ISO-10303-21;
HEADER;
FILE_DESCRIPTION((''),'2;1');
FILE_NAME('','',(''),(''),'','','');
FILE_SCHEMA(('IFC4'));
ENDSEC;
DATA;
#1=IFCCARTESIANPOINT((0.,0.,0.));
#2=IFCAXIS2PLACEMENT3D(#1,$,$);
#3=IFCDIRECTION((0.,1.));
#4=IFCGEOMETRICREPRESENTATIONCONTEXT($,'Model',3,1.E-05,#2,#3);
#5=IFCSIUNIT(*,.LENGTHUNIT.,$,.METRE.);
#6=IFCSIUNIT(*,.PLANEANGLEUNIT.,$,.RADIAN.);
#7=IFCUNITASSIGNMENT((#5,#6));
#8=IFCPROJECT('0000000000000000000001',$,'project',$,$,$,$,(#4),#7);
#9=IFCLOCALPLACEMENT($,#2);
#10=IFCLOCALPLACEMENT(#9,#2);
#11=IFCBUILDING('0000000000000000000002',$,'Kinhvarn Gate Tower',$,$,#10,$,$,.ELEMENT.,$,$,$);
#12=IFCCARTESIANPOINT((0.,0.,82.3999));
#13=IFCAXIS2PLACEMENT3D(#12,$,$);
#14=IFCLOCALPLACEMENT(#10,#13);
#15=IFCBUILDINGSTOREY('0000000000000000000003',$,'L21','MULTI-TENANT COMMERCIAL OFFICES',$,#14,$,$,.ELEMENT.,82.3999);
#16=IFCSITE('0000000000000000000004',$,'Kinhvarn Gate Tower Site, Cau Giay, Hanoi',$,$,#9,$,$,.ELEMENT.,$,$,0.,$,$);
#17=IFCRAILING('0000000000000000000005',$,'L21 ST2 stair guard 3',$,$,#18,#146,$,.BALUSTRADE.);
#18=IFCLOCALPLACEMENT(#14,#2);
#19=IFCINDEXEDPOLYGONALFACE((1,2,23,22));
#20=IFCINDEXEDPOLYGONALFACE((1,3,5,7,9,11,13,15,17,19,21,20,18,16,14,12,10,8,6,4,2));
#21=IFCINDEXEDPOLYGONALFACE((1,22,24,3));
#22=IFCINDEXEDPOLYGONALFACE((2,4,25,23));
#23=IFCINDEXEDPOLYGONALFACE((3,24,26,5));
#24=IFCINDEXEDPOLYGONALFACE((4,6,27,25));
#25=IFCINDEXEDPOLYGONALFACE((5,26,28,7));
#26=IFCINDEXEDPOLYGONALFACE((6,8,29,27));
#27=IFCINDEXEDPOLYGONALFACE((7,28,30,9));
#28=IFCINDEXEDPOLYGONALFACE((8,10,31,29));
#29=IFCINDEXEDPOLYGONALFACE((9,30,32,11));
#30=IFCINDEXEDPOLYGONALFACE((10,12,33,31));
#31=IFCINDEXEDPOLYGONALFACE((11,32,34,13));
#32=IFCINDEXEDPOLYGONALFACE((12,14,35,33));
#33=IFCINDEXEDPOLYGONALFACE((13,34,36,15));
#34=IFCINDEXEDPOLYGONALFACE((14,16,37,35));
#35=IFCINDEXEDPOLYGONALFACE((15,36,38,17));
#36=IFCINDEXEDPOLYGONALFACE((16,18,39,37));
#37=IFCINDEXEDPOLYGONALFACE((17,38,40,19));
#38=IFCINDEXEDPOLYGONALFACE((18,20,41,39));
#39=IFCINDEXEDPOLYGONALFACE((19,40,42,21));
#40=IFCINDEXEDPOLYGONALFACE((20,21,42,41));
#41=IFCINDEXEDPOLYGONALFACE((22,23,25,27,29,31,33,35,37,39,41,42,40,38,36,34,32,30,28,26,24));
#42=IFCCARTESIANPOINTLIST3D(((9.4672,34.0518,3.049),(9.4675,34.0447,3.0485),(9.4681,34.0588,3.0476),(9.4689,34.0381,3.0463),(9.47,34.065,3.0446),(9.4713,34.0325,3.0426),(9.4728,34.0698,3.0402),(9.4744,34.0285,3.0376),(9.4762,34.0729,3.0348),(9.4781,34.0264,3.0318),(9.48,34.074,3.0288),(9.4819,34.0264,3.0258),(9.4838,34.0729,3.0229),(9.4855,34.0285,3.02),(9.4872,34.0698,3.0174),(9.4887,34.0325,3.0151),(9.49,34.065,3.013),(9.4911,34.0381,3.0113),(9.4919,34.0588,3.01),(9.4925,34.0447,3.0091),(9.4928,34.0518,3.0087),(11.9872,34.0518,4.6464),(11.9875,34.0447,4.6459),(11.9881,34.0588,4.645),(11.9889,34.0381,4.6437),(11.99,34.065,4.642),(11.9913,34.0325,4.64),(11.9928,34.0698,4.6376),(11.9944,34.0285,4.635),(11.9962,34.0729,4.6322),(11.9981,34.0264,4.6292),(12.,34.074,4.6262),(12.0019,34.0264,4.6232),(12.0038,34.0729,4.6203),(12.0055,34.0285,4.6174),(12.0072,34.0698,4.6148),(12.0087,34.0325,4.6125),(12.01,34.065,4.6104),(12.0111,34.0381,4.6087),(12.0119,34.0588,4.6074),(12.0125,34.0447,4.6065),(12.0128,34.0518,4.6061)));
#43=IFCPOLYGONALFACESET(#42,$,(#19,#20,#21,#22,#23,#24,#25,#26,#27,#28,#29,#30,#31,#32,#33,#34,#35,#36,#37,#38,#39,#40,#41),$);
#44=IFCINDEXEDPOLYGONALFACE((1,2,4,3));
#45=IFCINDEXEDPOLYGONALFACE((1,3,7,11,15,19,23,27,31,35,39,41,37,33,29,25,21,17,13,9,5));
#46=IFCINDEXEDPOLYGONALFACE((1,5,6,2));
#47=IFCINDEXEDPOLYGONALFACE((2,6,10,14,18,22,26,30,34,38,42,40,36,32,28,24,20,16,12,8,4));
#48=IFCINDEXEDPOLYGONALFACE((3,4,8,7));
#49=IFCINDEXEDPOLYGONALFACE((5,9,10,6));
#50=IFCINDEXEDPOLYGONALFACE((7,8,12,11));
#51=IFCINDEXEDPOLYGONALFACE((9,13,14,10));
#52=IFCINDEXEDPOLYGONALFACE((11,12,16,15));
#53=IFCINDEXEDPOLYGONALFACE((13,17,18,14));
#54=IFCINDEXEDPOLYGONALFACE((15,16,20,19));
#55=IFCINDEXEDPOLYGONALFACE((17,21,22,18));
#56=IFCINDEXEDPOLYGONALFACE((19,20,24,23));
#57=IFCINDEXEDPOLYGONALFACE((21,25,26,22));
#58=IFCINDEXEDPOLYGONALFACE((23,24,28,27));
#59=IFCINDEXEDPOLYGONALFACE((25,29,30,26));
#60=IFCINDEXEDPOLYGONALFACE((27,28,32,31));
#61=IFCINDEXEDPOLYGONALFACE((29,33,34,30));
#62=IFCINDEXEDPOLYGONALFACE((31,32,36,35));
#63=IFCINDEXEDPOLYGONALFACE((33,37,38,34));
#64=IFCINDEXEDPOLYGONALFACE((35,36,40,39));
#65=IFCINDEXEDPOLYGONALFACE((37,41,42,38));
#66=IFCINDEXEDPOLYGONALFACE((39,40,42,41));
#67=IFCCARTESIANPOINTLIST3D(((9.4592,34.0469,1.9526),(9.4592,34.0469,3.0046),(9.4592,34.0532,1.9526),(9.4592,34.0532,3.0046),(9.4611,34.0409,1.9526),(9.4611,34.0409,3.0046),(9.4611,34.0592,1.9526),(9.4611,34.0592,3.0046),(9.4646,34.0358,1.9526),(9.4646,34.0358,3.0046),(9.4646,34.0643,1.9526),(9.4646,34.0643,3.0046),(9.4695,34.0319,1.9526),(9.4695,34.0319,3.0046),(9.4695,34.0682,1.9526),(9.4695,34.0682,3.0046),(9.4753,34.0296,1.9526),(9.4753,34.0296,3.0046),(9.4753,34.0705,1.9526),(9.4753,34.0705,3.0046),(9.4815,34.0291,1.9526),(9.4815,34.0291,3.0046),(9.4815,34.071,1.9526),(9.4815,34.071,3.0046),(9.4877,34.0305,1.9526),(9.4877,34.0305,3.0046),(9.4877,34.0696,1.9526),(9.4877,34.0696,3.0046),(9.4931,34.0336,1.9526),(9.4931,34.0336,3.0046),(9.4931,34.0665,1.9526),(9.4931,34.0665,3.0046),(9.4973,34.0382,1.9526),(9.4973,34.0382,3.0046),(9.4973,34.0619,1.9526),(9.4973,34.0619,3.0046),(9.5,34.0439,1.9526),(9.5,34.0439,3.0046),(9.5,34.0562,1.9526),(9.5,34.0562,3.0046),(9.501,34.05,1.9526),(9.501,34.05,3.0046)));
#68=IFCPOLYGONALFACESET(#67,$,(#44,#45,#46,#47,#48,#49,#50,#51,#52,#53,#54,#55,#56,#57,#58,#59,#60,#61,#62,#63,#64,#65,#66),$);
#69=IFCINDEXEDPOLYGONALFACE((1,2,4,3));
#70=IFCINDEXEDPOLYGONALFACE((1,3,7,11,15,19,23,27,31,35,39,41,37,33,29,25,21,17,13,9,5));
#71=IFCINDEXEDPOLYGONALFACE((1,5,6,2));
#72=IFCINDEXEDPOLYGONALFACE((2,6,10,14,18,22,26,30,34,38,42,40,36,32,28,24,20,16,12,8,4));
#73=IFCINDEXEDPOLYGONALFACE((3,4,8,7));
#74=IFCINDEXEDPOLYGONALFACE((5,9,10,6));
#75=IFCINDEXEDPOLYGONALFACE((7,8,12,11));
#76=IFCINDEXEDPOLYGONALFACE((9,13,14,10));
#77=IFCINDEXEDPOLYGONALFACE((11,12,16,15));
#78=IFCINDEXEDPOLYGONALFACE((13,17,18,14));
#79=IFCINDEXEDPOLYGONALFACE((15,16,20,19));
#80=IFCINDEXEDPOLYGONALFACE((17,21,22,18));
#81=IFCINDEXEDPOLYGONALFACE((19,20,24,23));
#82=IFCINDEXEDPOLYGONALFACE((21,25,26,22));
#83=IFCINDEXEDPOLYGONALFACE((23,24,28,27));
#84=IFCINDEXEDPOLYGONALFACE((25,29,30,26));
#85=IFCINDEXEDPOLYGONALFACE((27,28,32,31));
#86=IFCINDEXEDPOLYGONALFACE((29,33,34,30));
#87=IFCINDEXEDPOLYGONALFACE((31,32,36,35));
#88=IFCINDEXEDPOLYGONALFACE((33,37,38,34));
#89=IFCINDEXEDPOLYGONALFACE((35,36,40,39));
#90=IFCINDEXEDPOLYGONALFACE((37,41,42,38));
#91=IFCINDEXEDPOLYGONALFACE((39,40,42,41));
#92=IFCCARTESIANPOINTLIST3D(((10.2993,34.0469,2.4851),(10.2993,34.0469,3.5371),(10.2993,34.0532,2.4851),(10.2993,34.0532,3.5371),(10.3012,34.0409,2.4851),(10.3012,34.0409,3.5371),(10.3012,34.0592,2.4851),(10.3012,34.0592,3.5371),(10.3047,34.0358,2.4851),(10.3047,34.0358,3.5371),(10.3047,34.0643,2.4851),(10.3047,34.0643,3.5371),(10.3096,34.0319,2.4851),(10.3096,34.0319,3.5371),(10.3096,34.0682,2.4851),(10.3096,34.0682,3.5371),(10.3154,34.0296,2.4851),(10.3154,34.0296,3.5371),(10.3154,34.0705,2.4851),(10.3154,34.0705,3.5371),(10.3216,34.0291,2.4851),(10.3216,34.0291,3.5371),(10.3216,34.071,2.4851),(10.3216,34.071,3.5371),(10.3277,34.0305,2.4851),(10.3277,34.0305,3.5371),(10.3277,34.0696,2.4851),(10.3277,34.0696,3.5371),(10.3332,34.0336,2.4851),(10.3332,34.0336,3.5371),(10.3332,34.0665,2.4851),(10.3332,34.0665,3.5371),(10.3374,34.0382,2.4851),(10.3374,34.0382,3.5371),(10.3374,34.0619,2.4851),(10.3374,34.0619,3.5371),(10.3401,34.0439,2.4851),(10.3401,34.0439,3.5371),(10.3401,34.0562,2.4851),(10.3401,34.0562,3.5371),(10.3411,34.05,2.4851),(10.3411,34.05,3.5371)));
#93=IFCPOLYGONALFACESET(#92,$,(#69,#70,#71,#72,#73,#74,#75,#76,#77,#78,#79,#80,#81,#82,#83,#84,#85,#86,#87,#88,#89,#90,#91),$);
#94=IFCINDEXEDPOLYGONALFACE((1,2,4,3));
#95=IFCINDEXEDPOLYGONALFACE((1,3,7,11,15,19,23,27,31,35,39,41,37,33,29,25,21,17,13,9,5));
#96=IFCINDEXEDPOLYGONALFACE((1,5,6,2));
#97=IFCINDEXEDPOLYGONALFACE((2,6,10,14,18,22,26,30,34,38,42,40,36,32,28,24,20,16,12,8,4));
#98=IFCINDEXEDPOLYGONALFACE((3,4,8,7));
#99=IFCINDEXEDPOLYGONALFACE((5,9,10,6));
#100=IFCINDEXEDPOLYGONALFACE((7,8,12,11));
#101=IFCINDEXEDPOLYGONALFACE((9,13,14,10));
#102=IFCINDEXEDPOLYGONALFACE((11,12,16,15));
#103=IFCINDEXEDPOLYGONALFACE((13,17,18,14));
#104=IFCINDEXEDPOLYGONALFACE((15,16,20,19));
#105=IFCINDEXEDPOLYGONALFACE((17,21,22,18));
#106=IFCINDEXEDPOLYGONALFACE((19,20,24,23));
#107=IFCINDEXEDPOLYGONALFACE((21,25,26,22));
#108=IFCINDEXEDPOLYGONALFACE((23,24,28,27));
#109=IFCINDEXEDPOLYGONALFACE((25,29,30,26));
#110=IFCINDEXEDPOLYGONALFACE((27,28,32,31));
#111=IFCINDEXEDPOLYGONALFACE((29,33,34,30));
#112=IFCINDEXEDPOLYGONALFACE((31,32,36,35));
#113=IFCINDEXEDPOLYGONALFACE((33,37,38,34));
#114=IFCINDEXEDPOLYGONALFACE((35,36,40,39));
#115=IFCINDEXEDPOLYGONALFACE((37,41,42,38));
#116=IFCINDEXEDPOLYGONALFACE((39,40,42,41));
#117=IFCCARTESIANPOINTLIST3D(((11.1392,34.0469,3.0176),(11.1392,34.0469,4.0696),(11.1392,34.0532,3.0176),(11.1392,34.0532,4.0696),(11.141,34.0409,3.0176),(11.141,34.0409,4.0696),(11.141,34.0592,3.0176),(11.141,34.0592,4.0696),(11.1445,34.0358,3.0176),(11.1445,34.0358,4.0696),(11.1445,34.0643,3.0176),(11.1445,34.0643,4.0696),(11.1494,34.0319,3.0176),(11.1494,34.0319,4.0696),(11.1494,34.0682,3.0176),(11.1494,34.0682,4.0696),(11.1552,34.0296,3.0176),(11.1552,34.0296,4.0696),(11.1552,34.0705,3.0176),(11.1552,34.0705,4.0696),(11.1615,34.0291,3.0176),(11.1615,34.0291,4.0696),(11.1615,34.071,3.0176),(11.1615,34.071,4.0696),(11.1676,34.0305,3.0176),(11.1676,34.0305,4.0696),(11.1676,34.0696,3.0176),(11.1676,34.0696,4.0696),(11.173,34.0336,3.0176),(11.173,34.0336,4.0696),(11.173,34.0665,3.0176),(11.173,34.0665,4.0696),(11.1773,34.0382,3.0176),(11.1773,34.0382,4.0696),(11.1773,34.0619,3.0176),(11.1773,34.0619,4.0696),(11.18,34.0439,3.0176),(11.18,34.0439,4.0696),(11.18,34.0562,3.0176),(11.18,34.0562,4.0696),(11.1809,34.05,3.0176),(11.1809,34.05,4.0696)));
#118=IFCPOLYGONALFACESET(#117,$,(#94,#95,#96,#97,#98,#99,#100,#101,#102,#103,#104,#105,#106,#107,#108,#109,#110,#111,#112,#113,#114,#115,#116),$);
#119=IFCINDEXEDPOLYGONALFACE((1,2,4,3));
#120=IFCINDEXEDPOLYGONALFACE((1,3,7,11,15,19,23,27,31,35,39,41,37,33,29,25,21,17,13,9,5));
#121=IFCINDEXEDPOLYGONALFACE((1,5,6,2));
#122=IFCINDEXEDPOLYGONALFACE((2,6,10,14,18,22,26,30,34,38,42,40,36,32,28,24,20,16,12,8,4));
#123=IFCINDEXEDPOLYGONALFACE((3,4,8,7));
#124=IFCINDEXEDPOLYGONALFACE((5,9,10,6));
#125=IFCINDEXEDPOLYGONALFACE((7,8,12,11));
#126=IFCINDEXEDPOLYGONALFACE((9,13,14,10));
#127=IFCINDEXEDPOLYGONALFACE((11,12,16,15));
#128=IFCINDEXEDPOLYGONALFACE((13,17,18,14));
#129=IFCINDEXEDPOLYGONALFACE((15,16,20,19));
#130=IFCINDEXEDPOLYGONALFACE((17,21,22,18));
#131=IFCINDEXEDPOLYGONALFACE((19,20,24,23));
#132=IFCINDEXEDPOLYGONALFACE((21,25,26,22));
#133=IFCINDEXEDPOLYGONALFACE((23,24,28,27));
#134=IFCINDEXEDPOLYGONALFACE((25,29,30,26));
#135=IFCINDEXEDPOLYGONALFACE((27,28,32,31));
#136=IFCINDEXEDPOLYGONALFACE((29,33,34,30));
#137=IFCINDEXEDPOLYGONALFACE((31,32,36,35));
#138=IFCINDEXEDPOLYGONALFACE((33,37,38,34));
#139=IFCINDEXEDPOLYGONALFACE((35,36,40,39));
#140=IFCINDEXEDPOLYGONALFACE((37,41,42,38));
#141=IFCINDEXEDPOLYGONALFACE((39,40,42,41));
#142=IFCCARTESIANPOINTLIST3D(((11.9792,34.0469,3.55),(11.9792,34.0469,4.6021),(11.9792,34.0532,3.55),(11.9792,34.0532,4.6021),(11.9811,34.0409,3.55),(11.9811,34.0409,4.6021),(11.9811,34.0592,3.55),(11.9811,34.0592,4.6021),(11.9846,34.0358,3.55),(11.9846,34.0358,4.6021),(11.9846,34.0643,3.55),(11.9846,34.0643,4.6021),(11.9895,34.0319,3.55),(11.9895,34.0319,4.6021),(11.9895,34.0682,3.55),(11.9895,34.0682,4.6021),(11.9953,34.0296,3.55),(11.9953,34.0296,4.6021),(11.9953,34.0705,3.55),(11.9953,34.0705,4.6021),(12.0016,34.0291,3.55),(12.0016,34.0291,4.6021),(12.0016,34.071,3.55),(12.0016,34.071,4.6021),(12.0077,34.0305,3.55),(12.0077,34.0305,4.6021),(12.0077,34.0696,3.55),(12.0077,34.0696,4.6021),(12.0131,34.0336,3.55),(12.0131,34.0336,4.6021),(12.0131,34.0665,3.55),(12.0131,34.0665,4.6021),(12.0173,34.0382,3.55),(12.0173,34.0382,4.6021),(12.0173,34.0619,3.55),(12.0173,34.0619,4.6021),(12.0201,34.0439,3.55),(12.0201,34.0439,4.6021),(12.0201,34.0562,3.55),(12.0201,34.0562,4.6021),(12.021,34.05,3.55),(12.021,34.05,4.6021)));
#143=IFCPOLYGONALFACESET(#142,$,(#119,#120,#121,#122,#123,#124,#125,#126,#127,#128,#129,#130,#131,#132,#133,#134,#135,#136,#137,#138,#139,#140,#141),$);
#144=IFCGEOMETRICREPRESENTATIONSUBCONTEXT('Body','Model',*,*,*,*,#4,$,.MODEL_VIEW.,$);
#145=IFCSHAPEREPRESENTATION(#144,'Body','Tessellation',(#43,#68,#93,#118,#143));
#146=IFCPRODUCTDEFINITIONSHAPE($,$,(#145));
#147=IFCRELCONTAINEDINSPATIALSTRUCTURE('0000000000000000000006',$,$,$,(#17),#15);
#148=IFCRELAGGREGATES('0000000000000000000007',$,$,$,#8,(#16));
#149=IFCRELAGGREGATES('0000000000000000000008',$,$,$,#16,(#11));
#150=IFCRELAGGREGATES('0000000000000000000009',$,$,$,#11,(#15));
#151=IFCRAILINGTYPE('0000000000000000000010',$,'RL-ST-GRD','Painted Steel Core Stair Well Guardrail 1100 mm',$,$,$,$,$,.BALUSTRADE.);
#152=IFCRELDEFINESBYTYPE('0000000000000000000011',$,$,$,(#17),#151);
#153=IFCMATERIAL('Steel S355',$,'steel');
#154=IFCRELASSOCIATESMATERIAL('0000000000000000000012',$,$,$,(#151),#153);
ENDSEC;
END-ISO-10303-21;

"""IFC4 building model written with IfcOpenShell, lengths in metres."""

from ifc_helpers import new_model, si_unit, direction, frame, origin, origin_2d, place, context, subcontext, project, spatial, circle, extrude, material, type_object, element, save


model = new_model("IFC4")

# Units and contexts
model_context = context("Model", 3, precision=1e-05, world=origin(), true_north=direction((0.0, 1.0)))
body_context = subcontext(model_context, "Body", "Model", "MODEL_VIEW")
ifc_project = project(units=[si_unit("LENGTHUNIT", "METRE"), si_unit("PLANEANGLEUNIT", "RADIAN")], contexts=[model_context])

# Site, building, storey
site_placement = place(None, origin())
site = spatial("IfcSite", under=ifc_project, at=site_placement, Name="Kinhvarn Gate Tower Site, Cau Giay, Hanoi", CompositionType="ELEMENT", RefElevation=0.0)
building_placement = place(site_placement, origin())
building = spatial("IfcBuilding", under=site, at=building_placement, Name="Kinhvarn Gate Tower", CompositionType="ELEMENT")
storey_placement = place(building_placement, frame((0.0, 0.0, 82.3999)))
storey = spatial("IfcBuildingStorey", under=building, at=storey_placement, Name="L21", Description="MULTI-TENANT COMMERCIAL OFFICES", CompositionType="ELEMENT", Elevation=82.3999)

# Shared definitions
ifc_material_1 = material(Name="Steel S355", Category="steel")

# Railing
railing_type_1 = type_object("IfcRailingType", Name="RL-ST-GRD", Description="Painted Steel Core Stair Well Guardrail 1100 mm", PredefinedType="BALUSTRADE", material=ifc_material_1)
railing_1_placement = place(storey_placement, frame((9.48, 34.05, 1.9526)))
element("IfcRailing", 1, at=railing_1_placement, inside=storey, type_object=railing_type_1, Name="L21 ST2 stair guard 3", PredefinedType="BALUSTRADE", context=body_context, shape_type="SweptSolid", body=[
    extrude(circle(Radius=0.0239, at=origin_2d()), frame((0.0, 0.0, 1.0762), z_axis=(0.844607, 0.0, 0.535387), x_axis=(0.0, 1.0, 0.0)), (0.0, 0.0, 1.0), 2.9836),
    extrude(circle(Radius=0.021, at=origin_2d()), origin(), (0.0, 0.0, 1.0), 1.052),
    extrude(circle(Radius=0.021, at=origin_2d()), frame((0.8401, 0.0, 0.5325)), (0.0, 0.0, 1.0), 1.052),
    extrude(circle(Radius=0.021, at=origin_2d()), frame((1.6799, 0.0, 1.0649)), (0.0, 0.0, 1.0), 1.052),
    extrude(circle(Radius=0.021, at=origin_2d()), frame((2.52, 0.0, 1.5974)), (0.0, 0.0, 1.0), 1.052),
])

save(model, "model.ifc")
